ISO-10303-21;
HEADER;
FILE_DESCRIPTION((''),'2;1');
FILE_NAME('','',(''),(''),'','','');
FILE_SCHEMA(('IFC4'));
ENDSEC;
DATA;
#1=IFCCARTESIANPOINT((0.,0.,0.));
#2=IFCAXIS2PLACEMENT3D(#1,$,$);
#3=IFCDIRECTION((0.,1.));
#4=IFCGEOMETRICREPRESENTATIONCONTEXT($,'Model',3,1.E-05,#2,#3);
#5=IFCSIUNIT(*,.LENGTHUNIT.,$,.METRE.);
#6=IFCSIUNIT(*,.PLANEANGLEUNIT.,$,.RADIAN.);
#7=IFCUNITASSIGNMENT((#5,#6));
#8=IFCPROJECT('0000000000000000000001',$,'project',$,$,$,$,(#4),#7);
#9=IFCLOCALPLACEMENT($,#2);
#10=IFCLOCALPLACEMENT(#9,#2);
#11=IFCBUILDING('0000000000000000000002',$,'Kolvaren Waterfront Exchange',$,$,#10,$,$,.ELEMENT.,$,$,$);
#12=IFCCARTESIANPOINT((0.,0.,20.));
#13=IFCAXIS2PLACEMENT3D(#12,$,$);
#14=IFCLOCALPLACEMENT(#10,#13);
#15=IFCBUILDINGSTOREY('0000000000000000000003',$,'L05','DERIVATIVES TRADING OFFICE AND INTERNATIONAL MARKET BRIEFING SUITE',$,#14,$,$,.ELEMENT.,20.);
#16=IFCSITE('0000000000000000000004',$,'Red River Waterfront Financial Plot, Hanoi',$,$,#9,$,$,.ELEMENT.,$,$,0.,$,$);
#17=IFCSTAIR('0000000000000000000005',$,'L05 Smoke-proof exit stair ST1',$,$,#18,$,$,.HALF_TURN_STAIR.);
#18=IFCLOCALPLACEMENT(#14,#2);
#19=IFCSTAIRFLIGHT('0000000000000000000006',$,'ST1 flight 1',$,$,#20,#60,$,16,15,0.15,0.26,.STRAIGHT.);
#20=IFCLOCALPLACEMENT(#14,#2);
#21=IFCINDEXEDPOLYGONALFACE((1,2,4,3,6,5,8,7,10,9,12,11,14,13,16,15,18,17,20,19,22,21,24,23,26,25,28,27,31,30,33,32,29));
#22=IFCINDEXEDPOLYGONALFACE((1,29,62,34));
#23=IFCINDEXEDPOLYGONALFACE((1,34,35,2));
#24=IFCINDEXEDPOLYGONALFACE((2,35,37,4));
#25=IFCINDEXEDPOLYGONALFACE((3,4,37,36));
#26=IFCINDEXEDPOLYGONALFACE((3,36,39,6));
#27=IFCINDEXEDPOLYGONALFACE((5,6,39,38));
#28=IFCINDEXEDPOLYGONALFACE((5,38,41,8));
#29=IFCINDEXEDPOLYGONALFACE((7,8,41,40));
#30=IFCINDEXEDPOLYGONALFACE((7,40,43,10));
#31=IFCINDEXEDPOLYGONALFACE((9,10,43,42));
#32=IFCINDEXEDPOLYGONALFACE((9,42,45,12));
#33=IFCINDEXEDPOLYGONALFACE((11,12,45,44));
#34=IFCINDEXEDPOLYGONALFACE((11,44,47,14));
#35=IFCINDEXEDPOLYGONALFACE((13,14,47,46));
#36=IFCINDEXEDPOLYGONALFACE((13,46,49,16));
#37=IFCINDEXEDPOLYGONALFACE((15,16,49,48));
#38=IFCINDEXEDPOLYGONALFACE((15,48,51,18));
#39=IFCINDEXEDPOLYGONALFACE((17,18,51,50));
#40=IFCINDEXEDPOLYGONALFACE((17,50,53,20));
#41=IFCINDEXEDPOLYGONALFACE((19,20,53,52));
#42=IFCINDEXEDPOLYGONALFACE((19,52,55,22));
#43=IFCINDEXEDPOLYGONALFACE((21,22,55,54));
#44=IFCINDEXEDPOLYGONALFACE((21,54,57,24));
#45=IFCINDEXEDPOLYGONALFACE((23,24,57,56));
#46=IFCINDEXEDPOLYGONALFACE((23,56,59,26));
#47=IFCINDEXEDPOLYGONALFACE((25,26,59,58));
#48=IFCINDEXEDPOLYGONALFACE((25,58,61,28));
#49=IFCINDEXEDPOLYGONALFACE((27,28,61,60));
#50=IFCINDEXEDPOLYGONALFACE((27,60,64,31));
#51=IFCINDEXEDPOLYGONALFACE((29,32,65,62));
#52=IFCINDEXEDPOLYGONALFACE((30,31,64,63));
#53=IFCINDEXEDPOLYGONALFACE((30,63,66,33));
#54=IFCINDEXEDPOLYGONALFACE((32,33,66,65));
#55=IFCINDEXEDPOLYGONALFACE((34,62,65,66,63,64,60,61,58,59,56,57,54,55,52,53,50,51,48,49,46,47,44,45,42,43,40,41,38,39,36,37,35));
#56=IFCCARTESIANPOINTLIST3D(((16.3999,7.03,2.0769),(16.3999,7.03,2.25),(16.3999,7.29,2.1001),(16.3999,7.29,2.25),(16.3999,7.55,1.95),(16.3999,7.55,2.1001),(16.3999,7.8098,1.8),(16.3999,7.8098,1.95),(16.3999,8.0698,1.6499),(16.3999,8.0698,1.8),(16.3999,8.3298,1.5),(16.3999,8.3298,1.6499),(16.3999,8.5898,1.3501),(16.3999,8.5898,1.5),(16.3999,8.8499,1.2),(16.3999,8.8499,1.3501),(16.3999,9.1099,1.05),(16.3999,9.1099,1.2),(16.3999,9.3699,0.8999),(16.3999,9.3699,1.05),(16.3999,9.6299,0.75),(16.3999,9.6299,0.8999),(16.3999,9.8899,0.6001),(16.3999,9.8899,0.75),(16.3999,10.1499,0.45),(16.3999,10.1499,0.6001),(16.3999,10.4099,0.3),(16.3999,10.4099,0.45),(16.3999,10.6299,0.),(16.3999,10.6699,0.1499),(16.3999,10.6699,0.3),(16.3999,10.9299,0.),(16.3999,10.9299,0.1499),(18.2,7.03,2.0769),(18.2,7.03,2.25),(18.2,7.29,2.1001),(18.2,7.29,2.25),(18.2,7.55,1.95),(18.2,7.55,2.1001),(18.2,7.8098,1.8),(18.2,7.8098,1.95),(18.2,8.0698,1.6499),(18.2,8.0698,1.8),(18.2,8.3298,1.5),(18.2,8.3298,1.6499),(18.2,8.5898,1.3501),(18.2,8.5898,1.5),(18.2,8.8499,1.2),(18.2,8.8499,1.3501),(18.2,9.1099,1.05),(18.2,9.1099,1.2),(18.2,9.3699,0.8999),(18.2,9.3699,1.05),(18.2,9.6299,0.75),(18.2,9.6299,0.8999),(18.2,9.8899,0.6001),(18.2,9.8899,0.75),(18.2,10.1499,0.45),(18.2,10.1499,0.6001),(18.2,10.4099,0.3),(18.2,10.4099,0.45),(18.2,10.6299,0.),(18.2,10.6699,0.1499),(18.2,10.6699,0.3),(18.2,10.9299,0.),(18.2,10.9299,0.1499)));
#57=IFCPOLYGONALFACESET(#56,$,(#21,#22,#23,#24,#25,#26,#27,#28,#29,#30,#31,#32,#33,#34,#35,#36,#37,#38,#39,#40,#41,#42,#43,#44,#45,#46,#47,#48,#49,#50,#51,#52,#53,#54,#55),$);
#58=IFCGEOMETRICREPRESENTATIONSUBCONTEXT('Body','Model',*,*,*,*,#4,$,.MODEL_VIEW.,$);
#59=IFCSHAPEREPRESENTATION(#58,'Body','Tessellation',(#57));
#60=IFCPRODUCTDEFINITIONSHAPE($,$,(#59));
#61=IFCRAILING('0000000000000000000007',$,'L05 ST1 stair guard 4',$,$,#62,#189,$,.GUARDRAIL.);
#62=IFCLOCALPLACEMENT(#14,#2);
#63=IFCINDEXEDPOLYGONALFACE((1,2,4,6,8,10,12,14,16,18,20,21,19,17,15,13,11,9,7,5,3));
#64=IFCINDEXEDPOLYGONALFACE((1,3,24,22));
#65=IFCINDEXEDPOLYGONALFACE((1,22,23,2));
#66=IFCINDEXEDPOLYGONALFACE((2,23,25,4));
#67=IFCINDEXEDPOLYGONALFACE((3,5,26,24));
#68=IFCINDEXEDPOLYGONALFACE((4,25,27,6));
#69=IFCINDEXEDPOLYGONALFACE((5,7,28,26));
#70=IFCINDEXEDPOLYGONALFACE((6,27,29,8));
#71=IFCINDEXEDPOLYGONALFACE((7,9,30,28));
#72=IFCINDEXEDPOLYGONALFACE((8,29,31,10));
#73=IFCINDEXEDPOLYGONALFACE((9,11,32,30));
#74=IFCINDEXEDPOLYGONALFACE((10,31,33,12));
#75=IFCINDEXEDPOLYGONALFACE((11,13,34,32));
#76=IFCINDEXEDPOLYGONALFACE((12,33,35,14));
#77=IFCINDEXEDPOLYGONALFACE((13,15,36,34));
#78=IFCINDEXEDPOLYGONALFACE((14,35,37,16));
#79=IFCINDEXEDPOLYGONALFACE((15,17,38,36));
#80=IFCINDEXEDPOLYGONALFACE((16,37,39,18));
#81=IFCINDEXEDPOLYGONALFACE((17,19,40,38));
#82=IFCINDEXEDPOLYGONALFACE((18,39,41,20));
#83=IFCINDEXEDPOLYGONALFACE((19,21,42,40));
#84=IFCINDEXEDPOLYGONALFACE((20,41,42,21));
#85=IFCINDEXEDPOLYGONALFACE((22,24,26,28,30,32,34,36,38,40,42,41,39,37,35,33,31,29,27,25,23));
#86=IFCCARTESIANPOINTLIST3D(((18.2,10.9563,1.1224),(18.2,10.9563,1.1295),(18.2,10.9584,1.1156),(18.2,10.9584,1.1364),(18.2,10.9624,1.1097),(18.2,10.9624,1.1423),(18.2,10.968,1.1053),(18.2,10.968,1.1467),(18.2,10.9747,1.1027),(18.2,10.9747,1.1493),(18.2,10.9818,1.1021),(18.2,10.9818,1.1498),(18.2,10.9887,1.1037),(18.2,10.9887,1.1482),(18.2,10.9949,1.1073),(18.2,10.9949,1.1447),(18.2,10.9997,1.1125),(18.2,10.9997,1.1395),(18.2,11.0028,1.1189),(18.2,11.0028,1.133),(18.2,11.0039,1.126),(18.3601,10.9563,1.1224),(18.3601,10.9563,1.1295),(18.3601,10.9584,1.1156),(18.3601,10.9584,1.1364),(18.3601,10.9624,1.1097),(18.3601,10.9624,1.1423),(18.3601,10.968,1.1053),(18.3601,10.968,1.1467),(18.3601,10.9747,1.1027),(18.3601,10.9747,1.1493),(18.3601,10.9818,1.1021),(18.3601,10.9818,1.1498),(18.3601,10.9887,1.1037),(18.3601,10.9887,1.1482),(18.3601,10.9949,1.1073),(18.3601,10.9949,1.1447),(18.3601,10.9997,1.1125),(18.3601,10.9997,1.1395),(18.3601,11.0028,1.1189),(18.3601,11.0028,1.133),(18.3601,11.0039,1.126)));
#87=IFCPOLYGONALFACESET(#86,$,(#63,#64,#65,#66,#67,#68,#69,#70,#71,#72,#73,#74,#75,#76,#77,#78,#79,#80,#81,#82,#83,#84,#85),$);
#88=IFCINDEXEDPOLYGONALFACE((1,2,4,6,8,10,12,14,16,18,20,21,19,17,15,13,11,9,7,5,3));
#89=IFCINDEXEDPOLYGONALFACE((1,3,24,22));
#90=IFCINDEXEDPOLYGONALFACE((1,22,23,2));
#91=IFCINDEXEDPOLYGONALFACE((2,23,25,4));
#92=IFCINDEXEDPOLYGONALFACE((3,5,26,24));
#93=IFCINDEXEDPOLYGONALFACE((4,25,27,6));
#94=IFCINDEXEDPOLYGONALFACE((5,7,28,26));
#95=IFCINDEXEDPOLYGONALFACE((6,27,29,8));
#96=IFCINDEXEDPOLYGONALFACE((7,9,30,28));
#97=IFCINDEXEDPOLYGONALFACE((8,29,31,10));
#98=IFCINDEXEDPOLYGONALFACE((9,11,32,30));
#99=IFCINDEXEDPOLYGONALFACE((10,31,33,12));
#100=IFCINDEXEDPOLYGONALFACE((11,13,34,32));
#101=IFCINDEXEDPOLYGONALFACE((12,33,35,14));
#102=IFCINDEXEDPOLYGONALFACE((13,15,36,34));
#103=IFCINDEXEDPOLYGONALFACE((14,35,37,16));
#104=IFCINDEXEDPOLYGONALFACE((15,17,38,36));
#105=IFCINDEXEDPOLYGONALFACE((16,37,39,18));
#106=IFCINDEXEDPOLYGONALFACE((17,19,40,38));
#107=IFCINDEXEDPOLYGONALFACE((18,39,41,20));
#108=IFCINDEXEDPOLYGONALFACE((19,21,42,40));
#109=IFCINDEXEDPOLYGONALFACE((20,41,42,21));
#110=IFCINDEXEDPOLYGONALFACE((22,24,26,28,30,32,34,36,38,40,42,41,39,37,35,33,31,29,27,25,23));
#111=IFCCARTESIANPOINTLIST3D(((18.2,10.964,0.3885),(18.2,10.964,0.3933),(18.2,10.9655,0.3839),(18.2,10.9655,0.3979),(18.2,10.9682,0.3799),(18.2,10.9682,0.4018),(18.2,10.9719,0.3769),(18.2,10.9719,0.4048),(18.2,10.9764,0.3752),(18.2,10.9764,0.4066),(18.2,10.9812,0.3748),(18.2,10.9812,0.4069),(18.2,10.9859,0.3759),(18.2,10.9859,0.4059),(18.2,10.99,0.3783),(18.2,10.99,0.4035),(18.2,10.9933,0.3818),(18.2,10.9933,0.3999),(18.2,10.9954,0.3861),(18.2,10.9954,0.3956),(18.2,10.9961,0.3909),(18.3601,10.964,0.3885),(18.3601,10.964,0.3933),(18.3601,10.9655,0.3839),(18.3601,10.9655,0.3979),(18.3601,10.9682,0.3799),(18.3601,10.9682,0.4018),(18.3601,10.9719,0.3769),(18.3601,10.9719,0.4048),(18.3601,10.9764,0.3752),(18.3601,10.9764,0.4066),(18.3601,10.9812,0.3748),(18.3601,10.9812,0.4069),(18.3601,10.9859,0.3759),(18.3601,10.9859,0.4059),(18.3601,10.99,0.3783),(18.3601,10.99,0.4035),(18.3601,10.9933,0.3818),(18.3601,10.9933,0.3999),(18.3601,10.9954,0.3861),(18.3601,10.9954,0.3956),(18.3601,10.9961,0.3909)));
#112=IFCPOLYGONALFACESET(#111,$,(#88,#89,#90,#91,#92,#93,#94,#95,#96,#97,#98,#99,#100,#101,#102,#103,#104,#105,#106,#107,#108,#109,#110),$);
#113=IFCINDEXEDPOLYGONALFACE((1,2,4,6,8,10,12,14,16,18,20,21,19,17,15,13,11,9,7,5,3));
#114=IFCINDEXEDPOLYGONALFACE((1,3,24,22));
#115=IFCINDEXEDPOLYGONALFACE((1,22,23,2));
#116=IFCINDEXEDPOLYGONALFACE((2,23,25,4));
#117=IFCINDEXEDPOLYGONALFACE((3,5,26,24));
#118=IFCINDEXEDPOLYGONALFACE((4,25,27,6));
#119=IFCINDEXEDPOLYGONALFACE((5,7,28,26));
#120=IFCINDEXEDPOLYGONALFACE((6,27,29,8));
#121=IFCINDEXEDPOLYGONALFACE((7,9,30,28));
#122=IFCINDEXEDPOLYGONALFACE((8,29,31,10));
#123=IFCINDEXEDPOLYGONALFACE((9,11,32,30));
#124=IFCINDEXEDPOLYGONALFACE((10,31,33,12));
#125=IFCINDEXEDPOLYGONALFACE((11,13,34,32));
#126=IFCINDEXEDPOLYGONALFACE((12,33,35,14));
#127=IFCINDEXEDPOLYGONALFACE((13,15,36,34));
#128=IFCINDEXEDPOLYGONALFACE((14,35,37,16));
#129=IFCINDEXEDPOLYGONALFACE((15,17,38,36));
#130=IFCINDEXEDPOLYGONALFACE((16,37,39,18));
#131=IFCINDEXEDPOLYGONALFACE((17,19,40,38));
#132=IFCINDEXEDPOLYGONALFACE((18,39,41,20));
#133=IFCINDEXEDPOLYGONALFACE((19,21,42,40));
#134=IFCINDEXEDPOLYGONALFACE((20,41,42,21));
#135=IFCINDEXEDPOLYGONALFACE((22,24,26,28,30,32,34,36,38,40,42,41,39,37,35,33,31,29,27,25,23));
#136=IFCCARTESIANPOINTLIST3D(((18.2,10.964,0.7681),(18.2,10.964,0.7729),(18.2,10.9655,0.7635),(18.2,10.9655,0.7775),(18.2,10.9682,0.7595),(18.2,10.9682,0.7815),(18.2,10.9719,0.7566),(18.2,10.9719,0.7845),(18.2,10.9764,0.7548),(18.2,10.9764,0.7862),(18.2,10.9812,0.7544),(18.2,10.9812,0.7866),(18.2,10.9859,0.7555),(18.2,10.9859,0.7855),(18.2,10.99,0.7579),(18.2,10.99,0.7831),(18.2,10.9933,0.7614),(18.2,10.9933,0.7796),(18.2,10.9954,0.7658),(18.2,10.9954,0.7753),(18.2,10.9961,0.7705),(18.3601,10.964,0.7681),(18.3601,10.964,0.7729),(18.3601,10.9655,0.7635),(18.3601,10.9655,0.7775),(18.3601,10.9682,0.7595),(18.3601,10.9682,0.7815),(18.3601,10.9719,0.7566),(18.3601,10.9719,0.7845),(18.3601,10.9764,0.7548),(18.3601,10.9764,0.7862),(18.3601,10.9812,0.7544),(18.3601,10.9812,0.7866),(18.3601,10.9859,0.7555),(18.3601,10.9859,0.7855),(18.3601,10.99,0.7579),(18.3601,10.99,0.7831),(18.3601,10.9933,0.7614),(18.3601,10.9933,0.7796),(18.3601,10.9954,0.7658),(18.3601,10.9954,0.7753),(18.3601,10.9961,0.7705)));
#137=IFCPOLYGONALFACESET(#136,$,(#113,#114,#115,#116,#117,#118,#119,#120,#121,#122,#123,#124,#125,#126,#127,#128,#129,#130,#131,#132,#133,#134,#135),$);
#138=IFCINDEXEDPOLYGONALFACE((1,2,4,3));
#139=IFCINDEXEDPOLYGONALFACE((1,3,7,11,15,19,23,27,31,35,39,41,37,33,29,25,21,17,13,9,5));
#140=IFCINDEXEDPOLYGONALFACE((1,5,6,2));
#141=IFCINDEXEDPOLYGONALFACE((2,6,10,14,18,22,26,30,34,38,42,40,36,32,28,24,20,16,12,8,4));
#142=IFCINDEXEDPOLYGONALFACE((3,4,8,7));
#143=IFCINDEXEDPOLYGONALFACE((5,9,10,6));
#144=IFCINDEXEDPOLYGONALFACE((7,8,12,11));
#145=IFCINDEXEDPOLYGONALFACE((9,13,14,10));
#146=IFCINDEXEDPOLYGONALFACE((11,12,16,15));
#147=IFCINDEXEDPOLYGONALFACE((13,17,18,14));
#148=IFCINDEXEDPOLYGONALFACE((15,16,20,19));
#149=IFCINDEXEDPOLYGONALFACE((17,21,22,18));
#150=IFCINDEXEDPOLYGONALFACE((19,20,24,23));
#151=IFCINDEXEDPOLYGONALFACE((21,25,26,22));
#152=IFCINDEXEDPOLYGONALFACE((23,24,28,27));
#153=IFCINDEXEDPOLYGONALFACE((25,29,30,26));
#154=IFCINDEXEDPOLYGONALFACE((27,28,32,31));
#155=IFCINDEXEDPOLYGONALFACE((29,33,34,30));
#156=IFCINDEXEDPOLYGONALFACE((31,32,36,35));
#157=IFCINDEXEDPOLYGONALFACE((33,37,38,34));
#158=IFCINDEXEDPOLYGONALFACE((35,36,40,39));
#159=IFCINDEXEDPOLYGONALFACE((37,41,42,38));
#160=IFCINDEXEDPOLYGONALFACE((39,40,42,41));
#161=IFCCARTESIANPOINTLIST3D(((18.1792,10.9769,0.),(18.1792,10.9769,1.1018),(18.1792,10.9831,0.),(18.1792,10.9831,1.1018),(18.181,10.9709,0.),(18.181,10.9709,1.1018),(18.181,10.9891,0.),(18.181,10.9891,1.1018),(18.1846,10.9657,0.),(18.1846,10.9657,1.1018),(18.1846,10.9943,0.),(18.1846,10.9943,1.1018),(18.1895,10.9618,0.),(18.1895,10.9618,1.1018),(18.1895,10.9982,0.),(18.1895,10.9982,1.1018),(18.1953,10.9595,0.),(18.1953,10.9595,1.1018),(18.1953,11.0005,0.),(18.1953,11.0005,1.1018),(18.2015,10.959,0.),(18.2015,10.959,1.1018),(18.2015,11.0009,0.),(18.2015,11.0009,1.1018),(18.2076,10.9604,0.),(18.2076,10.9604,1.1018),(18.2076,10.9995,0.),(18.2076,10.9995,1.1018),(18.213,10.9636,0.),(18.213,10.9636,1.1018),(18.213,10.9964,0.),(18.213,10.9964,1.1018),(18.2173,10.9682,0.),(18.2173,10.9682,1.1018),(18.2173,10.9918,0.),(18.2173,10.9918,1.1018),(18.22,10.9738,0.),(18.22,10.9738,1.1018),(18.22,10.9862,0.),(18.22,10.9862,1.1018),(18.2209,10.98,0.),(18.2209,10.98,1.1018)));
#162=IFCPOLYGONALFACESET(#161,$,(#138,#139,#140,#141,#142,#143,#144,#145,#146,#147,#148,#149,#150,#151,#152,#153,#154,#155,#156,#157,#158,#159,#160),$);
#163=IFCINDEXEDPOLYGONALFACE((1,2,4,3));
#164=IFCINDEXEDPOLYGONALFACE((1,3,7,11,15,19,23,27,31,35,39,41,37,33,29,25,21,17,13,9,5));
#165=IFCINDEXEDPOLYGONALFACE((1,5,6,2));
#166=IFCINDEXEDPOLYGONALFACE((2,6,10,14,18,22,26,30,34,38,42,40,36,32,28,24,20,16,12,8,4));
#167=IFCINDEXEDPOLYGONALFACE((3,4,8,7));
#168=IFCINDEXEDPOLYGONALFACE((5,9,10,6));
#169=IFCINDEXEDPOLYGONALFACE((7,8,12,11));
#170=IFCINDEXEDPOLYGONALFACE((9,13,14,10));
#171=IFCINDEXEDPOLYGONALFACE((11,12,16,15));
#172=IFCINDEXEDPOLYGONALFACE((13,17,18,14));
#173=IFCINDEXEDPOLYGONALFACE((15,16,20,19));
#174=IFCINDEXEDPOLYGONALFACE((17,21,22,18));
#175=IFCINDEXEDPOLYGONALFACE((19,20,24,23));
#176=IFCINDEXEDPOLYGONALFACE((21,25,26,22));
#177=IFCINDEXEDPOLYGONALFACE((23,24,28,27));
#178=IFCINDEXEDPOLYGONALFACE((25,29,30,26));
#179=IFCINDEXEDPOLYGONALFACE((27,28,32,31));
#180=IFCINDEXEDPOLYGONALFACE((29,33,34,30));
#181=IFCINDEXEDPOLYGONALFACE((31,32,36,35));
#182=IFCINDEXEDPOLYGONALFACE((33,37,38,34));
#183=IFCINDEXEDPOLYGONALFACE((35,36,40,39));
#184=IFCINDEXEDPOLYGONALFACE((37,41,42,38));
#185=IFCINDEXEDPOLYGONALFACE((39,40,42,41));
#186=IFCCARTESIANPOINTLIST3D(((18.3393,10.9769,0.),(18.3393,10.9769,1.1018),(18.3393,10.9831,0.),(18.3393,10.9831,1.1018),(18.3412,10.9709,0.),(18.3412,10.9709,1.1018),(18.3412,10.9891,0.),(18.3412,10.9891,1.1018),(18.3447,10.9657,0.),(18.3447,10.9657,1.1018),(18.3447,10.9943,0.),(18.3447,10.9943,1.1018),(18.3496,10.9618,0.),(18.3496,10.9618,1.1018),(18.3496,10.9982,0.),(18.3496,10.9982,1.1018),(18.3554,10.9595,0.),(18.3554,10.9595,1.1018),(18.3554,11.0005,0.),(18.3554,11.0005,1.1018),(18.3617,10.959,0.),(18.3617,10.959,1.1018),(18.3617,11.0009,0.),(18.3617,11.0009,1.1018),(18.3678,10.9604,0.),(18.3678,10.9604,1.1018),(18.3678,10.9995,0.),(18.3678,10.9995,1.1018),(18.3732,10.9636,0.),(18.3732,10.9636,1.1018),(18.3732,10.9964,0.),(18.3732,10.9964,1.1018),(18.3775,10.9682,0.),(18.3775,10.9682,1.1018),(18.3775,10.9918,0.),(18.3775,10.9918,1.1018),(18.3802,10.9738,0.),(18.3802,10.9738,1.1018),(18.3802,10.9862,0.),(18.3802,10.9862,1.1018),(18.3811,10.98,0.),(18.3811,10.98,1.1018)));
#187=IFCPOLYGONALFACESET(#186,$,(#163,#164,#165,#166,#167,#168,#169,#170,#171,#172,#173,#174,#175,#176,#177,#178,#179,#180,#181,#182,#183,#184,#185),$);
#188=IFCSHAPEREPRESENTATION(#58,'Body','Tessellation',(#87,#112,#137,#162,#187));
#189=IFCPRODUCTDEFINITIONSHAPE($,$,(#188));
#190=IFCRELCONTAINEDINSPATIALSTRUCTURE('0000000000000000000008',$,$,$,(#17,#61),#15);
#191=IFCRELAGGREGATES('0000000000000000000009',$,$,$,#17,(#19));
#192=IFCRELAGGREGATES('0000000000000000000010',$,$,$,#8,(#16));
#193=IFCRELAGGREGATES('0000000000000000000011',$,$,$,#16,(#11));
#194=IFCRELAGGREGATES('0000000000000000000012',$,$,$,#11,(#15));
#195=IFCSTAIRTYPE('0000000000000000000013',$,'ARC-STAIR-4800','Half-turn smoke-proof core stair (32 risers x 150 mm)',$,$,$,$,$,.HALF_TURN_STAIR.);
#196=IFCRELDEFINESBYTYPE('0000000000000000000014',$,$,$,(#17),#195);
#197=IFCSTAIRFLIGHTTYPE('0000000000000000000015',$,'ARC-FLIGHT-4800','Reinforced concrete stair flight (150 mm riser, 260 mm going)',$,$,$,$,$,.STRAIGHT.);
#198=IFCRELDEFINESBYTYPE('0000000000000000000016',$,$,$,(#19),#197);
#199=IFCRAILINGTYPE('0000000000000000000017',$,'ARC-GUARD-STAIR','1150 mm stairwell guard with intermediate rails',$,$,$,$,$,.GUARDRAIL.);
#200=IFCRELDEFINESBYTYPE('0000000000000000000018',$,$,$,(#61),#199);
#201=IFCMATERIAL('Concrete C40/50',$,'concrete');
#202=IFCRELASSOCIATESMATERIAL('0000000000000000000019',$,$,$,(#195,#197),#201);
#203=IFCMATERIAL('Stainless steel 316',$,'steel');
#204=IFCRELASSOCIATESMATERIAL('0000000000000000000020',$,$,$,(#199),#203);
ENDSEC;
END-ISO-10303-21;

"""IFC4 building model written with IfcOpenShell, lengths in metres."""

from ifc_helpers import new_model, si_unit, direction, frame, origin, origin_2d, place, context, subcontext, project, spatial, polyline, circle, outline, extrude, material, type_object, element, aggregate, save


model = new_model("IFC4")

# Units and contexts
model_context = context("Model", 3, precision=1e-05, world=origin(), true_north=direction((0.0, 1.0)))
body_context = subcontext(model_context, "Body", "Model", "MODEL_VIEW")
ifc_project = project(units=[si_unit("LENGTHUNIT", "METRE"), si_unit("PLANEANGLEUNIT", "RADIAN")], contexts=[model_context])

# Site, building, storey
site_placement = place(None, origin())
site = spatial("IfcSite", under=ifc_project, at=site_placement, Name="Red River Waterfront Financial Plot, Hanoi", CompositionType="ELEMENT", RefElevation=0.0)
building_placement = place(site_placement, origin())
building = spatial("IfcBuilding", under=site, at=building_placement, Name="Kolvaren Waterfront Exchange", CompositionType="ELEMENT")
storey_placement = place(building_placement, frame((0.0, 0.0, 20.0)))
storey = spatial("IfcBuildingStorey", under=building, at=storey_placement, Name="L05", Description="DERIVATIVES TRADING OFFICE AND INTERNATIONAL MARKET BRIEFING SUITE", CompositionType="ELEMENT", Elevation=20.0)

# Shared definitions
ifc_material_1 = material(Name="Concrete C40/50", Category="concrete")

# Stair, stair flight
stair_type = type_object("IfcStairType", Name="ARC-STAIR-4800", Description="Half-turn smoke-proof core stair (32 risers x 150 mm)", PredefinedType="HALF_TURN_STAIR", material=ifc_material_1)
stair_placement = place(storey_placement, origin())
stair = element("IfcStair", 1, at=stair_placement, inside=storey, type_object=stair_type, Name="L05 Smoke-proof exit stair ST1", PredefinedType="HALF_TURN_STAIR")
stair_flight_type = type_object("IfcStairFlightType", Name="ARC-FLIGHT-4800", Description="Reinforced concrete stair flight (150 mm riser, 260 mm going)", PredefinedType="STRAIGHT", material=ifc_material_1)
stair_flight_placement = place(storey_placement, frame((17.3, 10.9299, 0.0), z_axis=(0.0, 0.0, 1.0), x_axis=(0.0, -1.0, 0.0)))
stair_flight = element("IfcStairFlight", 2, at=stair_flight_placement, type_object=stair_flight_type, Name="ST1 flight 1", NumberOfRisers=16, NumberOfTreads=15, PredefinedType="STRAIGHT", RiserHeight=0.15, TreadLength=0.26, context=body_context, shape_type="SweptSolid", body=[
    extrude(outline(polyline([(0.0, 0.0), (0.0, 0.1499), (0.26, 0.1499), (0.26, 0.3), (0.52, 0.3), (0.52, 0.45), (0.78, 0.45), (0.78, 0.6001), (1.04, 0.6001), (1.04, 0.75), (1.3, 0.75), (1.3, 0.8999), (1.5601, 0.8999), (1.5601, 1.05), (1.8201, 1.05), (1.8201, 1.2), (2.0801, 1.2), (2.0801, 1.3501), (2.3401, 1.3501), (2.3401, 1.5), (2.6001, 1.5), (2.6001, 1.6499), (2.8601, 1.6499), (2.8601, 1.8), (3.1201, 1.8), (3.1201, 1.95), (3.3799, 1.95), (3.3799, 2.1001), (3.6399, 2.1001), (3.6399, 2.25), (3.8999, 2.25), (3.8999, 2.3999), (3.8999, 2.0769), (0.3, 0.0), (0.0, 0.0)])), frame((0.0, 0.8999, 0.0), z_axis=(0.0, -1.0, 0.0), x_axis=(1.0, 0.0, 0.0)), (0.0, 0.0, 1.0), 1.8),
])
aggregate(stair, [stair_flight])

# Railing
ifc_material_2 = material(Name="Stainless steel 316", Category="steel")
railing_type_1 = type_object("IfcRailingType", Name="ARC-GUARD-STAIR", Description="1150 mm stairwell guard with intermediate rails", PredefinedType="GUARDRAIL", material=ifc_material_2)
railing_1_placement = place(storey_placement, frame((18.2, 10.98, 0.0)))
element("IfcRailing", 3, at=railing_1_placement, inside=storey, type_object=railing_type_1, Name="L05 ST1 stair guard 4", PredefinedType="GUARDRAIL", context=body_context, shape_type="SweptSolid", body=[
    extrude(circle(Radius=0.0239, at=origin_2d()), frame((0.0, 0.0, 1.126), z_axis=(1.0, 0.0, 0.0), x_axis=(0.0, 1.0, 0.0)), (0.0, 0.0, 1.0), 0.1602),
    extrude(circle(Radius=0.0161, at=origin_2d()), frame((0.0, 0.0, 0.3909), z_axis=(1.0, 0.0, 0.0), x_axis=(0.0, 1.0, 0.0)), (0.0, 0.0, 1.0), 0.1602),
    extrude(circle(Radius=0.0161, at=origin_2d()), frame((0.0, 0.0, 0.7705), z_axis=(1.0, 0.0, 0.0), x_axis=(0.0, 1.0, 0.0)), (0.0, 0.0, 1.0), 0.1602),
    extrude(circle(Radius=0.021, at=origin_2d()), origin(), (0.0, 0.0, 1.0), 1.1018),
    extrude(circle(Radius=0.021, at=origin_2d()), frame((0.1602, 0.0, 0.0)), (0.0, 0.0, 1.0), 1.1018),
])

save(model, "model.ifc")
